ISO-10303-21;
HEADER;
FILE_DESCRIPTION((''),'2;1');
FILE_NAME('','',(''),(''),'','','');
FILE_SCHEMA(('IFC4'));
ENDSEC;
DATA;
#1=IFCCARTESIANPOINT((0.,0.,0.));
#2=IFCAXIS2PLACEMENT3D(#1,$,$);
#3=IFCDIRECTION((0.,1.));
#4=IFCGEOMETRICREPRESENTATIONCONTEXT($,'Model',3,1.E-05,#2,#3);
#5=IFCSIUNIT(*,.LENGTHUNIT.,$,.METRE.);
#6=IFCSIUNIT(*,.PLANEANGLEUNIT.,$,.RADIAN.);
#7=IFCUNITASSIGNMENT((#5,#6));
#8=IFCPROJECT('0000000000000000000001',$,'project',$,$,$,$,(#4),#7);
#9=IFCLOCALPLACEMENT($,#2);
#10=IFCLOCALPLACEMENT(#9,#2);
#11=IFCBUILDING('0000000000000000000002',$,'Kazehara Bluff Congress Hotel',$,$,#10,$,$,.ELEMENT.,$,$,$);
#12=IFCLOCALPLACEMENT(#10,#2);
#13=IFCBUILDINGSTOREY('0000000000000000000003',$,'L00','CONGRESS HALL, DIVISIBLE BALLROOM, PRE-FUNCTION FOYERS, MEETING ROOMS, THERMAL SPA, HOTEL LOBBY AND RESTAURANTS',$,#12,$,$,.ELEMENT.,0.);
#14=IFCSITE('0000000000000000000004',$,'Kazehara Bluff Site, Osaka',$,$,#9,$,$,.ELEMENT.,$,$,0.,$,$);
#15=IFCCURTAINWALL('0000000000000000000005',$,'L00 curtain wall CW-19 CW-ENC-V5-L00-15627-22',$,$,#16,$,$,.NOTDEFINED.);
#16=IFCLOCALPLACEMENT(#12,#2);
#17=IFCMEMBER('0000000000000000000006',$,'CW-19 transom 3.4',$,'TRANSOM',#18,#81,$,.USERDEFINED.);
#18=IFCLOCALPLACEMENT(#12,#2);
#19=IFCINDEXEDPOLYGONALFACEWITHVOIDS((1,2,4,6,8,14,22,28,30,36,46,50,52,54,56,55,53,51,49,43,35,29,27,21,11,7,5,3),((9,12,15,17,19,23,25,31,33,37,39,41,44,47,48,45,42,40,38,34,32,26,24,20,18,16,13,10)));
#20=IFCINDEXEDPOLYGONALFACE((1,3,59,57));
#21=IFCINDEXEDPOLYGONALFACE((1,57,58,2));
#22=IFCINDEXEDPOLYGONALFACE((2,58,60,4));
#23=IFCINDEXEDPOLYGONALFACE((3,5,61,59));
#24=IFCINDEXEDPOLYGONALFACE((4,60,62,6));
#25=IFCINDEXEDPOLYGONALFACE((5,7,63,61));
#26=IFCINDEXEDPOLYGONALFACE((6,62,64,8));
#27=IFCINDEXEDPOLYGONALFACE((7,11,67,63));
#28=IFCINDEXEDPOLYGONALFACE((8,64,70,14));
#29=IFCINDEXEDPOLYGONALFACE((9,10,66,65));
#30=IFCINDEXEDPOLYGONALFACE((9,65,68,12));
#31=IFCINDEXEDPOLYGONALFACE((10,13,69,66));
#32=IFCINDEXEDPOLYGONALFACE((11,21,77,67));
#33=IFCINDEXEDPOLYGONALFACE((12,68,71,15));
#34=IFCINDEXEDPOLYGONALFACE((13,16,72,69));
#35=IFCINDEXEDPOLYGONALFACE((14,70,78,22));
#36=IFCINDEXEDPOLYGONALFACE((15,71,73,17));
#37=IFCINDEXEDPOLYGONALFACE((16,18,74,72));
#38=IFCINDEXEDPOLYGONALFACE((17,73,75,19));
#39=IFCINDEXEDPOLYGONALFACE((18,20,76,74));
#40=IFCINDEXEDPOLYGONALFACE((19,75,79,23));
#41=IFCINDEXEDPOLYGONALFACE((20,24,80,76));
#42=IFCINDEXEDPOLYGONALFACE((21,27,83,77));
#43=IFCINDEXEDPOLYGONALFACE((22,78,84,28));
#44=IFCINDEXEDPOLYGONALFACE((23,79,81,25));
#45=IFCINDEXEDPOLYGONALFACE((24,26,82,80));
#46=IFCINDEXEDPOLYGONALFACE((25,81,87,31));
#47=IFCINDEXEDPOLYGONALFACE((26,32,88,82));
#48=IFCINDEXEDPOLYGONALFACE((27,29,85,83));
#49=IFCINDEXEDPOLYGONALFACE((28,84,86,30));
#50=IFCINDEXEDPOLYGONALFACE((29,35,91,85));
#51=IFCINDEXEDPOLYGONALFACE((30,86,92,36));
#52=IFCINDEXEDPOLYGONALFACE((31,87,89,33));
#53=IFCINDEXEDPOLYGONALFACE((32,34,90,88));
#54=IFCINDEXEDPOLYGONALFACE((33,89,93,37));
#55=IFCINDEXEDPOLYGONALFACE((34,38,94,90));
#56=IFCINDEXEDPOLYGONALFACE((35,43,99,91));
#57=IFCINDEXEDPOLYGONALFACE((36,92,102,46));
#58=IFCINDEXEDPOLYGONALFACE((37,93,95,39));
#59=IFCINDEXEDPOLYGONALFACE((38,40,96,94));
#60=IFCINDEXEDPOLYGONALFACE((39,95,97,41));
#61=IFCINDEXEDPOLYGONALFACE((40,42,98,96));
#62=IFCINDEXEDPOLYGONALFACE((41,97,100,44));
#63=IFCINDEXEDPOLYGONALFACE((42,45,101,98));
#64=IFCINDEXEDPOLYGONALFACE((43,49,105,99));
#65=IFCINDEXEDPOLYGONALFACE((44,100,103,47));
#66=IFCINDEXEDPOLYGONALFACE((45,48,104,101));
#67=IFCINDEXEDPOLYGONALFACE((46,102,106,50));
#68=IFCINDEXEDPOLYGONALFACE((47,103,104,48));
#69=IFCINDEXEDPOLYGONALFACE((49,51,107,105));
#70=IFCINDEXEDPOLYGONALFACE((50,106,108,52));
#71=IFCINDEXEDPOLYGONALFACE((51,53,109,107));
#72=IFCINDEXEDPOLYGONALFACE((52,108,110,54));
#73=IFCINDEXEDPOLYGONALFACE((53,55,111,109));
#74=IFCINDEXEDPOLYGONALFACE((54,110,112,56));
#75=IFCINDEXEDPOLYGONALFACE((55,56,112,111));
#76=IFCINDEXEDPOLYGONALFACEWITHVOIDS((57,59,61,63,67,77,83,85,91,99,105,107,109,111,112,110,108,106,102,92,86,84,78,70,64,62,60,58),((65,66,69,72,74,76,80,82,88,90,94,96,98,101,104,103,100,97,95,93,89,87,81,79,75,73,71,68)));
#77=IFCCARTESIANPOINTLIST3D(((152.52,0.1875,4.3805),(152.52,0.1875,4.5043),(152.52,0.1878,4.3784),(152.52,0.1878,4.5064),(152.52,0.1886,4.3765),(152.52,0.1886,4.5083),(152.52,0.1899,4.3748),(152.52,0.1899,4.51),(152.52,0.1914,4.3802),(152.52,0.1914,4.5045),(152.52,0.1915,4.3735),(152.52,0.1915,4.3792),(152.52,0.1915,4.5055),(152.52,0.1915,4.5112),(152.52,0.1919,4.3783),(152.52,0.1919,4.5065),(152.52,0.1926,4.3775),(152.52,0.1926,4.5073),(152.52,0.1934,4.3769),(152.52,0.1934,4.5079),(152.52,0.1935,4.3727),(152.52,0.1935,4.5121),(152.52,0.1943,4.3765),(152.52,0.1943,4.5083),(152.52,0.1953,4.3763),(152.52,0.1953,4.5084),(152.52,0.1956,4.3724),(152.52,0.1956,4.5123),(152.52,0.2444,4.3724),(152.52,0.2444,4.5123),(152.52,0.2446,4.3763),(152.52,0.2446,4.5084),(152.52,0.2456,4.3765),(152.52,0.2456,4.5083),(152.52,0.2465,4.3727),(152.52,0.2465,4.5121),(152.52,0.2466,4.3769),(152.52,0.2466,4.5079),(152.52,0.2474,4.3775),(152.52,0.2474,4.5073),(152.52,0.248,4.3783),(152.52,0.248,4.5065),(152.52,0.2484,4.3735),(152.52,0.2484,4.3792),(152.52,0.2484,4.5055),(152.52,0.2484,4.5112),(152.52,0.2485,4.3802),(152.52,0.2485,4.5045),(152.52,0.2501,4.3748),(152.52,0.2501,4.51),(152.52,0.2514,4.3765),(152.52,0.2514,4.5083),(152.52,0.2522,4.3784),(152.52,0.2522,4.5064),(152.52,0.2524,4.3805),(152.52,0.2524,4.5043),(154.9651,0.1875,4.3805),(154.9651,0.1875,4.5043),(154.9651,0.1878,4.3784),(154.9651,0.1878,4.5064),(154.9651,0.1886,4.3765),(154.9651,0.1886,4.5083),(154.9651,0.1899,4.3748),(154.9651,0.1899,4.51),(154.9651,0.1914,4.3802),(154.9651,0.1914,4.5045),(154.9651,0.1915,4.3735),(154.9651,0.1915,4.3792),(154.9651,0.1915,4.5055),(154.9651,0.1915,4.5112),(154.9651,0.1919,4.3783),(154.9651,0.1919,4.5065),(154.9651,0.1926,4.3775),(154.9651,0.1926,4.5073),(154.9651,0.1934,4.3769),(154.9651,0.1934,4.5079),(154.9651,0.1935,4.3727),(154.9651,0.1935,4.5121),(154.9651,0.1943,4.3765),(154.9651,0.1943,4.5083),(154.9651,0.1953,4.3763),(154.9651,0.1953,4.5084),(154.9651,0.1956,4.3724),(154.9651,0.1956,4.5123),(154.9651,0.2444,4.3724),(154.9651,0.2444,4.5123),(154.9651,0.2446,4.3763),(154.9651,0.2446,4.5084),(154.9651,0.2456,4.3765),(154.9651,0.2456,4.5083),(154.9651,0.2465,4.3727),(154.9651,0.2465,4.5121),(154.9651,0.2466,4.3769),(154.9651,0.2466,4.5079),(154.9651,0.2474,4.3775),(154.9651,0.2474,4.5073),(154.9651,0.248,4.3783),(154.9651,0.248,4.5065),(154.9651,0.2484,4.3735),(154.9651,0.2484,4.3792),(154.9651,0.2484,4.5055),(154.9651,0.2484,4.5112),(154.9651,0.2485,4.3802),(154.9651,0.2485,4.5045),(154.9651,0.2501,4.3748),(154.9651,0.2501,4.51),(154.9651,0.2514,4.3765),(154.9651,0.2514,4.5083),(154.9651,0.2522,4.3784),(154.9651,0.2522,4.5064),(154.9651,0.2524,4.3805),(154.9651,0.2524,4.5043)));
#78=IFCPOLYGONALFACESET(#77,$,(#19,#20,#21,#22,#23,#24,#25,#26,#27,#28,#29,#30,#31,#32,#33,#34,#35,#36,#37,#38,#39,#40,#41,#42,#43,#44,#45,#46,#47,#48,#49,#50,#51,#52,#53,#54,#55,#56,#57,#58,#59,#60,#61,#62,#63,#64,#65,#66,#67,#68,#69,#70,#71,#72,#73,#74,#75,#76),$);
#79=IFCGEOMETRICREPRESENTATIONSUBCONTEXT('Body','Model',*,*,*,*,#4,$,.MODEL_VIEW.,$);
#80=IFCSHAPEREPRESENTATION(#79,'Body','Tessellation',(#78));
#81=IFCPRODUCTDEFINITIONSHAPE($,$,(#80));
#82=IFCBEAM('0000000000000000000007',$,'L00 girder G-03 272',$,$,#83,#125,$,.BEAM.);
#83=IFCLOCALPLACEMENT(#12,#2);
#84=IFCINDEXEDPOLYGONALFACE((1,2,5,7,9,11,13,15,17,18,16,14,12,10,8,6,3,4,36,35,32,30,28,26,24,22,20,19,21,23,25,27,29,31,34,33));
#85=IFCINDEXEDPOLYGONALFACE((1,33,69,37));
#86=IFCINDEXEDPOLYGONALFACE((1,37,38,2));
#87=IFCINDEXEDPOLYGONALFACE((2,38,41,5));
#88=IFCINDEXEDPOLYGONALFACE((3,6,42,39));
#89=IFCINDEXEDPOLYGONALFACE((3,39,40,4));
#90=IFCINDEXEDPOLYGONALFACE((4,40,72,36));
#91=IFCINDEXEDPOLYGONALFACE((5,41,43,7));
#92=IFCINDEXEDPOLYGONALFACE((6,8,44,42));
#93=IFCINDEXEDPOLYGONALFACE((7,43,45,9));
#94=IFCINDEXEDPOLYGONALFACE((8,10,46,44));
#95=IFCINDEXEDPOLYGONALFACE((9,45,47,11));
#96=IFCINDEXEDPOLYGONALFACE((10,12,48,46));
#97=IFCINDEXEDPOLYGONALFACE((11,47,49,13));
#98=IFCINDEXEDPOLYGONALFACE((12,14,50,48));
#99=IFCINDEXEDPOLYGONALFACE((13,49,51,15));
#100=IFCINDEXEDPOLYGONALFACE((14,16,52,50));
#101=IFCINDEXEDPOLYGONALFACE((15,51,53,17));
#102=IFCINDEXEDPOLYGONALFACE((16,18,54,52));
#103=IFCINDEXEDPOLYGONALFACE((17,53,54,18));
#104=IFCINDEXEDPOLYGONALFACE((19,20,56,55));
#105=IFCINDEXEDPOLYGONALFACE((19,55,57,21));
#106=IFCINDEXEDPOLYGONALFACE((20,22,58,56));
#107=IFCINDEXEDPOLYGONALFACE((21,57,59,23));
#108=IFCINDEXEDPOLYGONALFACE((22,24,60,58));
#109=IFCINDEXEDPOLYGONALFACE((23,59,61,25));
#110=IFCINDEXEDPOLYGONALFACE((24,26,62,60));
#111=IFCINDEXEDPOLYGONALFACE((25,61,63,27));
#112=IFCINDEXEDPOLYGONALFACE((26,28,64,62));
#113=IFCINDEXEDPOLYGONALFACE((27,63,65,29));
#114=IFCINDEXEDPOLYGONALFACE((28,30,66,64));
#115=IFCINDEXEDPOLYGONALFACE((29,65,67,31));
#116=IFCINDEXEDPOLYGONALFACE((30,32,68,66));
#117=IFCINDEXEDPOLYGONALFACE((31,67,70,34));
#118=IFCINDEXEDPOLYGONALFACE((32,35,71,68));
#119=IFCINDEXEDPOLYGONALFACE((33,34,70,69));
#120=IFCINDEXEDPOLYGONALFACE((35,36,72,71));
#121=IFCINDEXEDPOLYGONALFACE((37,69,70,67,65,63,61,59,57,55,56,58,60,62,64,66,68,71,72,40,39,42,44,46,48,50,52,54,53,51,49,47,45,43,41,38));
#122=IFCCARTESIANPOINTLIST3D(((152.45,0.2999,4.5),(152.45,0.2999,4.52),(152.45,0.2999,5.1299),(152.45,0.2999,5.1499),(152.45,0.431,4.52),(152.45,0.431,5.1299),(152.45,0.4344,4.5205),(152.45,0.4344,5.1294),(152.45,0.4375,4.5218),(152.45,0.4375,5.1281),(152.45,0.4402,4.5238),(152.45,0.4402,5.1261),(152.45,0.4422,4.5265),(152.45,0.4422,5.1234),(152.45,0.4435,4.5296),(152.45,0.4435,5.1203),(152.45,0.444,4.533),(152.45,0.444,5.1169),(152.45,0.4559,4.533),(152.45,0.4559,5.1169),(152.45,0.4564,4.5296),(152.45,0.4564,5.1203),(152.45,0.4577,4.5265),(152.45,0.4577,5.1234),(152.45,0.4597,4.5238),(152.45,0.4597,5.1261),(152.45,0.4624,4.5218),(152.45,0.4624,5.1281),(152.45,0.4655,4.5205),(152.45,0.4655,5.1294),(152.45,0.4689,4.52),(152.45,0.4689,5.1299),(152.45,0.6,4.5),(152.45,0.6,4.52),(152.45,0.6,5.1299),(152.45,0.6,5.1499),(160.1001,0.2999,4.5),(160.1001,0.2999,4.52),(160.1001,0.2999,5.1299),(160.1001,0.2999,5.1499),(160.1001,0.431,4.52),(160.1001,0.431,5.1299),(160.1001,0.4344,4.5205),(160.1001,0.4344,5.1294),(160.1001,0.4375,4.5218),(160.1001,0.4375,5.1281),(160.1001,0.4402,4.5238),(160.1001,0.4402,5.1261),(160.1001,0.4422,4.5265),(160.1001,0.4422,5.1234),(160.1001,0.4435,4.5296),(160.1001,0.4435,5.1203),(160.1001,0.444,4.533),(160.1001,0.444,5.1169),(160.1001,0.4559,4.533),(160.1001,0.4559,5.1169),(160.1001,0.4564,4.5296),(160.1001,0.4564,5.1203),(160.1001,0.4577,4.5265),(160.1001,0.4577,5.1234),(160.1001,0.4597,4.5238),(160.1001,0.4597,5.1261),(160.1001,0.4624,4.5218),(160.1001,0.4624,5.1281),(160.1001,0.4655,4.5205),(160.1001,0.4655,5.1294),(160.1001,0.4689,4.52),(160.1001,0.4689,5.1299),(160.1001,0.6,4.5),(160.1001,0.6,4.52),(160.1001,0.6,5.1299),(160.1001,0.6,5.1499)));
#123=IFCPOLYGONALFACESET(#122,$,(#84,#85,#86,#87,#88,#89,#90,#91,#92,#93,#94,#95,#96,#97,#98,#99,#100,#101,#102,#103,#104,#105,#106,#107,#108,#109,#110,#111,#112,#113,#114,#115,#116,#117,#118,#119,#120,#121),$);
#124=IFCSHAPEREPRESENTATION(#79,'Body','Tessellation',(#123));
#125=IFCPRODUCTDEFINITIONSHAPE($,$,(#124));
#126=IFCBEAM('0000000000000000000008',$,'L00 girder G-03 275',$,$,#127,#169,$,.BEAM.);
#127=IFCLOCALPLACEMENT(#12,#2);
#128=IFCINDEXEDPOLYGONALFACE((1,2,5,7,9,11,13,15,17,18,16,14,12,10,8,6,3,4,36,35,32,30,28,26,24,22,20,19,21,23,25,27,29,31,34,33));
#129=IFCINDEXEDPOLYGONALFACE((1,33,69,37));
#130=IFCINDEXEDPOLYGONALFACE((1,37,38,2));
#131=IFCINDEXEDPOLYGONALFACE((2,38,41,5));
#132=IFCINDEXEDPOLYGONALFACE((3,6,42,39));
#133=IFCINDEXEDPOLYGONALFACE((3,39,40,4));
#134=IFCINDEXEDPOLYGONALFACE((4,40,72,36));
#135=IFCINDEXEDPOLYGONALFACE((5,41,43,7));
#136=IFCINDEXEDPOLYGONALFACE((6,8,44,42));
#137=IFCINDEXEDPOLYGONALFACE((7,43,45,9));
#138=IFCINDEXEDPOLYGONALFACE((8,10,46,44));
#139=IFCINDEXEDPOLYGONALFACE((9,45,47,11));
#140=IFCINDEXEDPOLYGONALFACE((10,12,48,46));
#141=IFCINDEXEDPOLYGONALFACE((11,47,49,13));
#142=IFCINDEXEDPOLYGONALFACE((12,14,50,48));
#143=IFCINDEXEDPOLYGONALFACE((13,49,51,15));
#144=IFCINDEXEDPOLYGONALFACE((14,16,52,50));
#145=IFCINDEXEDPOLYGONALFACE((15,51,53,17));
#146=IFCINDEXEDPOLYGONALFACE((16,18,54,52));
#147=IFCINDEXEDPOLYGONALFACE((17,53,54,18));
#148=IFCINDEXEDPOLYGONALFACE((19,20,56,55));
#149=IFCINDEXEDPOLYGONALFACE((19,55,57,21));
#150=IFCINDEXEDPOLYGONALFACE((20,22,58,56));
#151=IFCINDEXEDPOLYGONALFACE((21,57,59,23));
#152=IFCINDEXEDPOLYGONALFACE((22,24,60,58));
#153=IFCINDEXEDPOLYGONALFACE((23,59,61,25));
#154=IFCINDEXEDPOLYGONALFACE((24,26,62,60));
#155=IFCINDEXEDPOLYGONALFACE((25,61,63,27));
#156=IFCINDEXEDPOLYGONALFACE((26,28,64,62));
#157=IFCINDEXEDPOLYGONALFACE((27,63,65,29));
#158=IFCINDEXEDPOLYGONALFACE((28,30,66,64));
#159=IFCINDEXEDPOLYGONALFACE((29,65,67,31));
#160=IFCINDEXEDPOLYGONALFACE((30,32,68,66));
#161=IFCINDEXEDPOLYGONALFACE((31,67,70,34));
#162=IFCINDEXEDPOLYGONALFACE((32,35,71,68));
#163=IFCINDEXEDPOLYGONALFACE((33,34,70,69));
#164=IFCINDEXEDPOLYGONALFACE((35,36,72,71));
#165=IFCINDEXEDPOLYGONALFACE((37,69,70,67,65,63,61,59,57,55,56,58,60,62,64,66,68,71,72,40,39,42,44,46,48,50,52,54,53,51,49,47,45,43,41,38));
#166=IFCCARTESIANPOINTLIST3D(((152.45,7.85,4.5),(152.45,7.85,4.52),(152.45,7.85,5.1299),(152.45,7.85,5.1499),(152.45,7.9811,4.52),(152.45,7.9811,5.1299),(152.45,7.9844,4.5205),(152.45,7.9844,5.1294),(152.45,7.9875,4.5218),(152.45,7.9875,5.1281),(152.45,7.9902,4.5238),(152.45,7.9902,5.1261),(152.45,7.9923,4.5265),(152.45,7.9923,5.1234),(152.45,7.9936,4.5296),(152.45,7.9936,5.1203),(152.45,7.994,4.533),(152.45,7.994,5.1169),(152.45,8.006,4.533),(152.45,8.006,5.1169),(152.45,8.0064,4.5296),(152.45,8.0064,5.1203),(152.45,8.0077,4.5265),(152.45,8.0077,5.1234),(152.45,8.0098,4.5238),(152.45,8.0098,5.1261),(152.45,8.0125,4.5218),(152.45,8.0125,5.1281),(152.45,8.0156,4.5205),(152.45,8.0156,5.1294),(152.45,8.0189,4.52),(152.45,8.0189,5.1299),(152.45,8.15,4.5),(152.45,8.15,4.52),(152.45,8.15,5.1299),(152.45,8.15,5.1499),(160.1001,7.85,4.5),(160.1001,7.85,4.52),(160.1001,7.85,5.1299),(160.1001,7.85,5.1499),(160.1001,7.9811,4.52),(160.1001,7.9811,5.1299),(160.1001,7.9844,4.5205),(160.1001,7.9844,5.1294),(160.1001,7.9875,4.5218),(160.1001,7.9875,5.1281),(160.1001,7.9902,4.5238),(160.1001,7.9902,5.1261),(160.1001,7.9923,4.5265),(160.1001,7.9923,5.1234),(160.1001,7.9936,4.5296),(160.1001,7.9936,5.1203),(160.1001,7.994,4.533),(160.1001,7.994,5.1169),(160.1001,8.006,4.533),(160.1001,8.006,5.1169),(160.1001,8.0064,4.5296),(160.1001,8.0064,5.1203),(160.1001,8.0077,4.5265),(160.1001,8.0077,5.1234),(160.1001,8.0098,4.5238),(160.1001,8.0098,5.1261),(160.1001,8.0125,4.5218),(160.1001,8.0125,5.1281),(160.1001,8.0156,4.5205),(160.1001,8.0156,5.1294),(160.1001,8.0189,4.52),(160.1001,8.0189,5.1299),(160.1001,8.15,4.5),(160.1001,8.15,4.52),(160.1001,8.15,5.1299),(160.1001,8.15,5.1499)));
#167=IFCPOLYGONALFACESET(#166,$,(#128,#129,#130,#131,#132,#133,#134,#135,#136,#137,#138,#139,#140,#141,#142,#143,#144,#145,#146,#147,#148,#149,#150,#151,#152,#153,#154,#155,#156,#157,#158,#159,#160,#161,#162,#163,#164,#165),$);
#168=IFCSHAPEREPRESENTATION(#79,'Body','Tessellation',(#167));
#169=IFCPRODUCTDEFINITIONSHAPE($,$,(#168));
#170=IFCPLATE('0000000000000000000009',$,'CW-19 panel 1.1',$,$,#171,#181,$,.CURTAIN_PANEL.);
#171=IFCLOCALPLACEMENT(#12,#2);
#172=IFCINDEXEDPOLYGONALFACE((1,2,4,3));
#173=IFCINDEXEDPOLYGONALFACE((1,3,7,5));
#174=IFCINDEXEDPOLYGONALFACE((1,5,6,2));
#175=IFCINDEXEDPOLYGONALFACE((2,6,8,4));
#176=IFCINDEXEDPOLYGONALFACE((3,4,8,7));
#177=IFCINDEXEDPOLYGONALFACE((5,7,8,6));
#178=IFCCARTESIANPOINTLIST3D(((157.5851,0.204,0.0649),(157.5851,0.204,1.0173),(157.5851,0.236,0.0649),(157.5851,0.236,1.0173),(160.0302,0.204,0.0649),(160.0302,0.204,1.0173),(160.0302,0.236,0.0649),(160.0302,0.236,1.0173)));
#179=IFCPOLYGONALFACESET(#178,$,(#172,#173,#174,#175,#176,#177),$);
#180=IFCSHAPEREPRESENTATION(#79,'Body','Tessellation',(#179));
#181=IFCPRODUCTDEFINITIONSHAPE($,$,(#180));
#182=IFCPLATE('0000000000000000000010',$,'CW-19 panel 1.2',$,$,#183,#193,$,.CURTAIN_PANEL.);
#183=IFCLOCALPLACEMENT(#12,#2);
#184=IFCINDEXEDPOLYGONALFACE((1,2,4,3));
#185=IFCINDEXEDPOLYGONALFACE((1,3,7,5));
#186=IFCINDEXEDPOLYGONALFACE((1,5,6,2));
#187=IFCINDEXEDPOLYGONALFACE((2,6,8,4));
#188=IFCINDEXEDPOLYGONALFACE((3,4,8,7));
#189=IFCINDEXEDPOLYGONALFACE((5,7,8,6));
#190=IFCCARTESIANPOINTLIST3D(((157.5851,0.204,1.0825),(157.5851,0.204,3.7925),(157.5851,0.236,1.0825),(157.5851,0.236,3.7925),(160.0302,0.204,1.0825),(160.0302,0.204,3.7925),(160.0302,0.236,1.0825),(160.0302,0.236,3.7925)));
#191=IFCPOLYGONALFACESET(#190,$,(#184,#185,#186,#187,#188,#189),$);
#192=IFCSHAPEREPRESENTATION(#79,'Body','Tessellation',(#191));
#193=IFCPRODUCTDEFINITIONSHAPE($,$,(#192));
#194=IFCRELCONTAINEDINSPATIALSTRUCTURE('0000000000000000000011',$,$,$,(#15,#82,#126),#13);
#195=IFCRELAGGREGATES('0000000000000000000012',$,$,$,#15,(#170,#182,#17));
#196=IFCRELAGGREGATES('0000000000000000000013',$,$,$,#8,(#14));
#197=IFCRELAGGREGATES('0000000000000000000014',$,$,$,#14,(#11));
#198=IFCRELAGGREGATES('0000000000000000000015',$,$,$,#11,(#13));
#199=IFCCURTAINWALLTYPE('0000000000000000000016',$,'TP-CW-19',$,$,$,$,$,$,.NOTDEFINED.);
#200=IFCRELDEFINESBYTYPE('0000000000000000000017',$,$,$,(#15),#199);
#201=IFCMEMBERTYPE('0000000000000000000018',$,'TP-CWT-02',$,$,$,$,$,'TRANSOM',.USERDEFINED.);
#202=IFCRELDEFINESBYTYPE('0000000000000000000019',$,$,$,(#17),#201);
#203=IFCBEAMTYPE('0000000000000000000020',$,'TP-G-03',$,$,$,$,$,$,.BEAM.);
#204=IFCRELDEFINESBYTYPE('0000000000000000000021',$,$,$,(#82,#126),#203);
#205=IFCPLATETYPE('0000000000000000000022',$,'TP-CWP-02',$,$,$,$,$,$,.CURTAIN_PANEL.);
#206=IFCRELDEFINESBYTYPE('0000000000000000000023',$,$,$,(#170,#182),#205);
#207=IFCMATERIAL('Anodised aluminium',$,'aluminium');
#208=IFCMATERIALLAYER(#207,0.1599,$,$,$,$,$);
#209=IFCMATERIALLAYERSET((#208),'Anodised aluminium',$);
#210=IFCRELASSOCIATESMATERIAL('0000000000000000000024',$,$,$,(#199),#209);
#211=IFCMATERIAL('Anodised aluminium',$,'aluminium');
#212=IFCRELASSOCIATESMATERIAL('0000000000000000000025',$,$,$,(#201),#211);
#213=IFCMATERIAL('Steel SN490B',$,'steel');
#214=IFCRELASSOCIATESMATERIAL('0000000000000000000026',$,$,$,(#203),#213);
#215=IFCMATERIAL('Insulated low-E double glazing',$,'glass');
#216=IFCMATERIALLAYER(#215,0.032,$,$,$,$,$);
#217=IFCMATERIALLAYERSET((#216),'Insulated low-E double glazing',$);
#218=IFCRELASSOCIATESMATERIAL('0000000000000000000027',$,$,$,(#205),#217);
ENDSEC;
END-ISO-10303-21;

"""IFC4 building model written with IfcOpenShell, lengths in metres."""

from ifc_helpers import new_model, si_unit, direction, frame, origin, origin_2d, place, context, subcontext, project, spatial, rectangle, hollow_rectangle, i_section, extrude, material, layer, layer_set, material_profile, profile_set, type_object, element, aggregate, save


model = new_model("IFC4")

# Units and contexts
model_context = context("Model", 3, precision=1e-05, world=origin(), true_north=direction((0.0, 1.0)))
body_context = subcontext(model_context, "Body", "Model", "MODEL_VIEW")
ifc_project = project(units=[si_unit("LENGTHUNIT", "METRE"), si_unit("PLANEANGLEUNIT", "RADIAN")], contexts=[model_context])

# Site, building, storey
site_placement = place(None, origin())
site = spatial("IfcSite", under=ifc_project, at=site_placement, Name="Kazehara Bluff Site, Osaka", CompositionType="ELEMENT", RefElevation=0.0)
building_placement = place(site_placement, origin())
building = spatial("IfcBuilding", under=site, at=building_placement, Name="Kazehara Bluff Congress Hotel", CompositionType="ELEMENT")
storey_placement = place(building_placement, origin())
storey = spatial("IfcBuildingStorey", under=building, at=storey_placement, Name="L00", Description="CONGRESS HALL, DIVISIBLE BALLROOM, PRE-FUNCTION FOYERS, MEETING ROOMS, THERMAL SPA, HOTEL LOBBY AND RESTAURANTS", CompositionType="ELEMENT", Elevation=0.0)

# Curtain wall, member
ifc_material_1 = material(Name="Anodised aluminium", Category="aluminium")
ifc_layer_1 = layer(ifc_material_1, 0.1599)
ifc_layer_set_1 = layer_set([ifc_layer_1], Name="Anodised aluminium")
curtain_wall_type = type_object("IfcCurtainWallType", Name="TP-CW-19", PredefinedType="NOTDEFINED", material=ifc_layer_set_1)
curtain_wall_placement = place(storey_placement, origin())
curtain_wall = element("IfcCurtainWall", 1, at=curtain_wall_placement, inside=storey, type_object=curtain_wall_type, Name="L00 curtain wall CW-19 CW-ENC-V5-L00-15627-22", PredefinedType="NOTDEFINED")
ifc_material_2 = material(Name="Anodised aluminium", Category="aluminium")
ifc_material_profile_1 = material_profile(ifc_material_2, hollow_rectangle(XDim=0.0649, YDim=0.1399, WallThickness=0.0039, InnerFilletRadius=0.0039, OuterFilletRadius=0.0081, at=origin_2d()))
ifc_profile_set_1 = profile_set([ifc_material_profile_1], Name="Anodised aluminium")
member_type_1 = type_object("IfcMemberType", Name="TP-CWT-02", ElementType="TRANSOM", PredefinedType="USERDEFINED", material=ifc_profile_set_1)
member_1_placement = place(storey_placement, frame((154.9651, 0.22, 4.4424), z_axis=(-1.0, 0.0, 0.0), x_axis=(0.0, -1.0, 0.0)))
member_1 = element("IfcMember", 2, at=member_1_placement, type_object=member_type_1, Name="CW-19 transom 3.4", ObjectType="TRANSOM", PredefinedType="USERDEFINED", context=body_context, shape_type="SweptSolid", body=[
    extrude(hollow_rectangle(XDim=0.0649, YDim=0.1399, WallThickness=0.0039, InnerFilletRadius=0.0039, OuterFilletRadius=0.0081, at=origin_2d()), origin(), (0.0, 0.0, 1.0), 2.4451),
])

# Beams
ifc_material_3 = material(Name="Steel SN490B", Category="steel")
ifc_material_profile_2 = material_profile(ifc_material_3, i_section(OverallWidth=0.3, OverallDepth=0.6499, WebThickness=0.012, FlangeThickness=0.02, FilletRadius=0.0129, at=origin_2d()))
ifc_profile_set_2 = profile_set([ifc_material_profile_2], Name="Steel SN490B")
beam_type = type_object("IfcBeamType", Name="TP-G-03", PredefinedType="BEAM", material=ifc_profile_set_2)
for number, where, z_axis, x_axis, name in (
    (3, (152.45, 0.45, 4.825), (1.0, 0.0, 0.0), (0.0, 1.0, 0.0), "L00 girder G-03 272"),
    (4, (152.45, 8.0, 4.825), (1.0, 0.0, 0.0), (0.0, 1.0, 0.0), "L00 girder G-03 275"),
):
    element("IfcBeam", number, at=place(storey_placement, frame(where, z_axis=z_axis, x_axis=x_axis)), inside=storey, type_object=beam_type, Name=name, PredefinedType="BEAM", context=body_context, shape_type="SweptSolid", body=[
        extrude(i_section(OverallWidth=0.3, OverallDepth=0.6499, WebThickness=0.012, FlangeThickness=0.02, FilletRadius=0.0129, at=origin_2d()), origin(), (0.0, 0.0, 1.0), 7.6501),
    ])

# Plates
ifc_material_4 = material(Name="Insulated low-E double glazing", Category="glass")
ifc_layer_2 = layer(ifc_material_4, 0.032)
ifc_layer_set_2 = layer_set([ifc_layer_2], Name="Insulated low-E double glazing")
plate_type = type_object("IfcPlateType", Name="TP-CWP-02", PredefinedType="CURTAIN_PANEL", material=ifc_layer_set_2)
plate_1_placement = place(storey_placement, frame((158.8076, 0.22, 0.0649), z_axis=(0.0, 0.0, 1.0), x_axis=(-1.0, 0.0, 0.0)))
plate_1 = element("IfcPlate", 5, at=plate_1_placement, type_object=plate_type, Name="CW-19 panel 1.1", PredefinedType="CURTAIN_PANEL", context=body_context, shape_type="SweptSolid", body=[
    extrude(rectangle(XDim=2.4451, YDim=0.032, at=origin_2d()), origin(), (0.0, 0.0, 1.0), 0.9524),
])
plate_2_placement = place(storey_placement, frame((158.8076, 0.22, 1.0825), z_axis=(0.0, 0.0, 1.0), x_axis=(-1.0, 0.0, 0.0)))
plate_2 = element("IfcPlate", 6, at=plate_2_placement, type_object=plate_type, Name="CW-19 panel 1.2", PredefinedType="CURTAIN_PANEL", context=body_context, shape_type="SweptSolid", body=[
    extrude(rectangle(XDim=2.4451, YDim=0.032, at=origin_2d()), origin(), (0.0, 0.0, 1.0), 2.71),
])
aggregate(curtain_wall, [plate_1, plate_2, member_1])

save(model, "model.ifc")
